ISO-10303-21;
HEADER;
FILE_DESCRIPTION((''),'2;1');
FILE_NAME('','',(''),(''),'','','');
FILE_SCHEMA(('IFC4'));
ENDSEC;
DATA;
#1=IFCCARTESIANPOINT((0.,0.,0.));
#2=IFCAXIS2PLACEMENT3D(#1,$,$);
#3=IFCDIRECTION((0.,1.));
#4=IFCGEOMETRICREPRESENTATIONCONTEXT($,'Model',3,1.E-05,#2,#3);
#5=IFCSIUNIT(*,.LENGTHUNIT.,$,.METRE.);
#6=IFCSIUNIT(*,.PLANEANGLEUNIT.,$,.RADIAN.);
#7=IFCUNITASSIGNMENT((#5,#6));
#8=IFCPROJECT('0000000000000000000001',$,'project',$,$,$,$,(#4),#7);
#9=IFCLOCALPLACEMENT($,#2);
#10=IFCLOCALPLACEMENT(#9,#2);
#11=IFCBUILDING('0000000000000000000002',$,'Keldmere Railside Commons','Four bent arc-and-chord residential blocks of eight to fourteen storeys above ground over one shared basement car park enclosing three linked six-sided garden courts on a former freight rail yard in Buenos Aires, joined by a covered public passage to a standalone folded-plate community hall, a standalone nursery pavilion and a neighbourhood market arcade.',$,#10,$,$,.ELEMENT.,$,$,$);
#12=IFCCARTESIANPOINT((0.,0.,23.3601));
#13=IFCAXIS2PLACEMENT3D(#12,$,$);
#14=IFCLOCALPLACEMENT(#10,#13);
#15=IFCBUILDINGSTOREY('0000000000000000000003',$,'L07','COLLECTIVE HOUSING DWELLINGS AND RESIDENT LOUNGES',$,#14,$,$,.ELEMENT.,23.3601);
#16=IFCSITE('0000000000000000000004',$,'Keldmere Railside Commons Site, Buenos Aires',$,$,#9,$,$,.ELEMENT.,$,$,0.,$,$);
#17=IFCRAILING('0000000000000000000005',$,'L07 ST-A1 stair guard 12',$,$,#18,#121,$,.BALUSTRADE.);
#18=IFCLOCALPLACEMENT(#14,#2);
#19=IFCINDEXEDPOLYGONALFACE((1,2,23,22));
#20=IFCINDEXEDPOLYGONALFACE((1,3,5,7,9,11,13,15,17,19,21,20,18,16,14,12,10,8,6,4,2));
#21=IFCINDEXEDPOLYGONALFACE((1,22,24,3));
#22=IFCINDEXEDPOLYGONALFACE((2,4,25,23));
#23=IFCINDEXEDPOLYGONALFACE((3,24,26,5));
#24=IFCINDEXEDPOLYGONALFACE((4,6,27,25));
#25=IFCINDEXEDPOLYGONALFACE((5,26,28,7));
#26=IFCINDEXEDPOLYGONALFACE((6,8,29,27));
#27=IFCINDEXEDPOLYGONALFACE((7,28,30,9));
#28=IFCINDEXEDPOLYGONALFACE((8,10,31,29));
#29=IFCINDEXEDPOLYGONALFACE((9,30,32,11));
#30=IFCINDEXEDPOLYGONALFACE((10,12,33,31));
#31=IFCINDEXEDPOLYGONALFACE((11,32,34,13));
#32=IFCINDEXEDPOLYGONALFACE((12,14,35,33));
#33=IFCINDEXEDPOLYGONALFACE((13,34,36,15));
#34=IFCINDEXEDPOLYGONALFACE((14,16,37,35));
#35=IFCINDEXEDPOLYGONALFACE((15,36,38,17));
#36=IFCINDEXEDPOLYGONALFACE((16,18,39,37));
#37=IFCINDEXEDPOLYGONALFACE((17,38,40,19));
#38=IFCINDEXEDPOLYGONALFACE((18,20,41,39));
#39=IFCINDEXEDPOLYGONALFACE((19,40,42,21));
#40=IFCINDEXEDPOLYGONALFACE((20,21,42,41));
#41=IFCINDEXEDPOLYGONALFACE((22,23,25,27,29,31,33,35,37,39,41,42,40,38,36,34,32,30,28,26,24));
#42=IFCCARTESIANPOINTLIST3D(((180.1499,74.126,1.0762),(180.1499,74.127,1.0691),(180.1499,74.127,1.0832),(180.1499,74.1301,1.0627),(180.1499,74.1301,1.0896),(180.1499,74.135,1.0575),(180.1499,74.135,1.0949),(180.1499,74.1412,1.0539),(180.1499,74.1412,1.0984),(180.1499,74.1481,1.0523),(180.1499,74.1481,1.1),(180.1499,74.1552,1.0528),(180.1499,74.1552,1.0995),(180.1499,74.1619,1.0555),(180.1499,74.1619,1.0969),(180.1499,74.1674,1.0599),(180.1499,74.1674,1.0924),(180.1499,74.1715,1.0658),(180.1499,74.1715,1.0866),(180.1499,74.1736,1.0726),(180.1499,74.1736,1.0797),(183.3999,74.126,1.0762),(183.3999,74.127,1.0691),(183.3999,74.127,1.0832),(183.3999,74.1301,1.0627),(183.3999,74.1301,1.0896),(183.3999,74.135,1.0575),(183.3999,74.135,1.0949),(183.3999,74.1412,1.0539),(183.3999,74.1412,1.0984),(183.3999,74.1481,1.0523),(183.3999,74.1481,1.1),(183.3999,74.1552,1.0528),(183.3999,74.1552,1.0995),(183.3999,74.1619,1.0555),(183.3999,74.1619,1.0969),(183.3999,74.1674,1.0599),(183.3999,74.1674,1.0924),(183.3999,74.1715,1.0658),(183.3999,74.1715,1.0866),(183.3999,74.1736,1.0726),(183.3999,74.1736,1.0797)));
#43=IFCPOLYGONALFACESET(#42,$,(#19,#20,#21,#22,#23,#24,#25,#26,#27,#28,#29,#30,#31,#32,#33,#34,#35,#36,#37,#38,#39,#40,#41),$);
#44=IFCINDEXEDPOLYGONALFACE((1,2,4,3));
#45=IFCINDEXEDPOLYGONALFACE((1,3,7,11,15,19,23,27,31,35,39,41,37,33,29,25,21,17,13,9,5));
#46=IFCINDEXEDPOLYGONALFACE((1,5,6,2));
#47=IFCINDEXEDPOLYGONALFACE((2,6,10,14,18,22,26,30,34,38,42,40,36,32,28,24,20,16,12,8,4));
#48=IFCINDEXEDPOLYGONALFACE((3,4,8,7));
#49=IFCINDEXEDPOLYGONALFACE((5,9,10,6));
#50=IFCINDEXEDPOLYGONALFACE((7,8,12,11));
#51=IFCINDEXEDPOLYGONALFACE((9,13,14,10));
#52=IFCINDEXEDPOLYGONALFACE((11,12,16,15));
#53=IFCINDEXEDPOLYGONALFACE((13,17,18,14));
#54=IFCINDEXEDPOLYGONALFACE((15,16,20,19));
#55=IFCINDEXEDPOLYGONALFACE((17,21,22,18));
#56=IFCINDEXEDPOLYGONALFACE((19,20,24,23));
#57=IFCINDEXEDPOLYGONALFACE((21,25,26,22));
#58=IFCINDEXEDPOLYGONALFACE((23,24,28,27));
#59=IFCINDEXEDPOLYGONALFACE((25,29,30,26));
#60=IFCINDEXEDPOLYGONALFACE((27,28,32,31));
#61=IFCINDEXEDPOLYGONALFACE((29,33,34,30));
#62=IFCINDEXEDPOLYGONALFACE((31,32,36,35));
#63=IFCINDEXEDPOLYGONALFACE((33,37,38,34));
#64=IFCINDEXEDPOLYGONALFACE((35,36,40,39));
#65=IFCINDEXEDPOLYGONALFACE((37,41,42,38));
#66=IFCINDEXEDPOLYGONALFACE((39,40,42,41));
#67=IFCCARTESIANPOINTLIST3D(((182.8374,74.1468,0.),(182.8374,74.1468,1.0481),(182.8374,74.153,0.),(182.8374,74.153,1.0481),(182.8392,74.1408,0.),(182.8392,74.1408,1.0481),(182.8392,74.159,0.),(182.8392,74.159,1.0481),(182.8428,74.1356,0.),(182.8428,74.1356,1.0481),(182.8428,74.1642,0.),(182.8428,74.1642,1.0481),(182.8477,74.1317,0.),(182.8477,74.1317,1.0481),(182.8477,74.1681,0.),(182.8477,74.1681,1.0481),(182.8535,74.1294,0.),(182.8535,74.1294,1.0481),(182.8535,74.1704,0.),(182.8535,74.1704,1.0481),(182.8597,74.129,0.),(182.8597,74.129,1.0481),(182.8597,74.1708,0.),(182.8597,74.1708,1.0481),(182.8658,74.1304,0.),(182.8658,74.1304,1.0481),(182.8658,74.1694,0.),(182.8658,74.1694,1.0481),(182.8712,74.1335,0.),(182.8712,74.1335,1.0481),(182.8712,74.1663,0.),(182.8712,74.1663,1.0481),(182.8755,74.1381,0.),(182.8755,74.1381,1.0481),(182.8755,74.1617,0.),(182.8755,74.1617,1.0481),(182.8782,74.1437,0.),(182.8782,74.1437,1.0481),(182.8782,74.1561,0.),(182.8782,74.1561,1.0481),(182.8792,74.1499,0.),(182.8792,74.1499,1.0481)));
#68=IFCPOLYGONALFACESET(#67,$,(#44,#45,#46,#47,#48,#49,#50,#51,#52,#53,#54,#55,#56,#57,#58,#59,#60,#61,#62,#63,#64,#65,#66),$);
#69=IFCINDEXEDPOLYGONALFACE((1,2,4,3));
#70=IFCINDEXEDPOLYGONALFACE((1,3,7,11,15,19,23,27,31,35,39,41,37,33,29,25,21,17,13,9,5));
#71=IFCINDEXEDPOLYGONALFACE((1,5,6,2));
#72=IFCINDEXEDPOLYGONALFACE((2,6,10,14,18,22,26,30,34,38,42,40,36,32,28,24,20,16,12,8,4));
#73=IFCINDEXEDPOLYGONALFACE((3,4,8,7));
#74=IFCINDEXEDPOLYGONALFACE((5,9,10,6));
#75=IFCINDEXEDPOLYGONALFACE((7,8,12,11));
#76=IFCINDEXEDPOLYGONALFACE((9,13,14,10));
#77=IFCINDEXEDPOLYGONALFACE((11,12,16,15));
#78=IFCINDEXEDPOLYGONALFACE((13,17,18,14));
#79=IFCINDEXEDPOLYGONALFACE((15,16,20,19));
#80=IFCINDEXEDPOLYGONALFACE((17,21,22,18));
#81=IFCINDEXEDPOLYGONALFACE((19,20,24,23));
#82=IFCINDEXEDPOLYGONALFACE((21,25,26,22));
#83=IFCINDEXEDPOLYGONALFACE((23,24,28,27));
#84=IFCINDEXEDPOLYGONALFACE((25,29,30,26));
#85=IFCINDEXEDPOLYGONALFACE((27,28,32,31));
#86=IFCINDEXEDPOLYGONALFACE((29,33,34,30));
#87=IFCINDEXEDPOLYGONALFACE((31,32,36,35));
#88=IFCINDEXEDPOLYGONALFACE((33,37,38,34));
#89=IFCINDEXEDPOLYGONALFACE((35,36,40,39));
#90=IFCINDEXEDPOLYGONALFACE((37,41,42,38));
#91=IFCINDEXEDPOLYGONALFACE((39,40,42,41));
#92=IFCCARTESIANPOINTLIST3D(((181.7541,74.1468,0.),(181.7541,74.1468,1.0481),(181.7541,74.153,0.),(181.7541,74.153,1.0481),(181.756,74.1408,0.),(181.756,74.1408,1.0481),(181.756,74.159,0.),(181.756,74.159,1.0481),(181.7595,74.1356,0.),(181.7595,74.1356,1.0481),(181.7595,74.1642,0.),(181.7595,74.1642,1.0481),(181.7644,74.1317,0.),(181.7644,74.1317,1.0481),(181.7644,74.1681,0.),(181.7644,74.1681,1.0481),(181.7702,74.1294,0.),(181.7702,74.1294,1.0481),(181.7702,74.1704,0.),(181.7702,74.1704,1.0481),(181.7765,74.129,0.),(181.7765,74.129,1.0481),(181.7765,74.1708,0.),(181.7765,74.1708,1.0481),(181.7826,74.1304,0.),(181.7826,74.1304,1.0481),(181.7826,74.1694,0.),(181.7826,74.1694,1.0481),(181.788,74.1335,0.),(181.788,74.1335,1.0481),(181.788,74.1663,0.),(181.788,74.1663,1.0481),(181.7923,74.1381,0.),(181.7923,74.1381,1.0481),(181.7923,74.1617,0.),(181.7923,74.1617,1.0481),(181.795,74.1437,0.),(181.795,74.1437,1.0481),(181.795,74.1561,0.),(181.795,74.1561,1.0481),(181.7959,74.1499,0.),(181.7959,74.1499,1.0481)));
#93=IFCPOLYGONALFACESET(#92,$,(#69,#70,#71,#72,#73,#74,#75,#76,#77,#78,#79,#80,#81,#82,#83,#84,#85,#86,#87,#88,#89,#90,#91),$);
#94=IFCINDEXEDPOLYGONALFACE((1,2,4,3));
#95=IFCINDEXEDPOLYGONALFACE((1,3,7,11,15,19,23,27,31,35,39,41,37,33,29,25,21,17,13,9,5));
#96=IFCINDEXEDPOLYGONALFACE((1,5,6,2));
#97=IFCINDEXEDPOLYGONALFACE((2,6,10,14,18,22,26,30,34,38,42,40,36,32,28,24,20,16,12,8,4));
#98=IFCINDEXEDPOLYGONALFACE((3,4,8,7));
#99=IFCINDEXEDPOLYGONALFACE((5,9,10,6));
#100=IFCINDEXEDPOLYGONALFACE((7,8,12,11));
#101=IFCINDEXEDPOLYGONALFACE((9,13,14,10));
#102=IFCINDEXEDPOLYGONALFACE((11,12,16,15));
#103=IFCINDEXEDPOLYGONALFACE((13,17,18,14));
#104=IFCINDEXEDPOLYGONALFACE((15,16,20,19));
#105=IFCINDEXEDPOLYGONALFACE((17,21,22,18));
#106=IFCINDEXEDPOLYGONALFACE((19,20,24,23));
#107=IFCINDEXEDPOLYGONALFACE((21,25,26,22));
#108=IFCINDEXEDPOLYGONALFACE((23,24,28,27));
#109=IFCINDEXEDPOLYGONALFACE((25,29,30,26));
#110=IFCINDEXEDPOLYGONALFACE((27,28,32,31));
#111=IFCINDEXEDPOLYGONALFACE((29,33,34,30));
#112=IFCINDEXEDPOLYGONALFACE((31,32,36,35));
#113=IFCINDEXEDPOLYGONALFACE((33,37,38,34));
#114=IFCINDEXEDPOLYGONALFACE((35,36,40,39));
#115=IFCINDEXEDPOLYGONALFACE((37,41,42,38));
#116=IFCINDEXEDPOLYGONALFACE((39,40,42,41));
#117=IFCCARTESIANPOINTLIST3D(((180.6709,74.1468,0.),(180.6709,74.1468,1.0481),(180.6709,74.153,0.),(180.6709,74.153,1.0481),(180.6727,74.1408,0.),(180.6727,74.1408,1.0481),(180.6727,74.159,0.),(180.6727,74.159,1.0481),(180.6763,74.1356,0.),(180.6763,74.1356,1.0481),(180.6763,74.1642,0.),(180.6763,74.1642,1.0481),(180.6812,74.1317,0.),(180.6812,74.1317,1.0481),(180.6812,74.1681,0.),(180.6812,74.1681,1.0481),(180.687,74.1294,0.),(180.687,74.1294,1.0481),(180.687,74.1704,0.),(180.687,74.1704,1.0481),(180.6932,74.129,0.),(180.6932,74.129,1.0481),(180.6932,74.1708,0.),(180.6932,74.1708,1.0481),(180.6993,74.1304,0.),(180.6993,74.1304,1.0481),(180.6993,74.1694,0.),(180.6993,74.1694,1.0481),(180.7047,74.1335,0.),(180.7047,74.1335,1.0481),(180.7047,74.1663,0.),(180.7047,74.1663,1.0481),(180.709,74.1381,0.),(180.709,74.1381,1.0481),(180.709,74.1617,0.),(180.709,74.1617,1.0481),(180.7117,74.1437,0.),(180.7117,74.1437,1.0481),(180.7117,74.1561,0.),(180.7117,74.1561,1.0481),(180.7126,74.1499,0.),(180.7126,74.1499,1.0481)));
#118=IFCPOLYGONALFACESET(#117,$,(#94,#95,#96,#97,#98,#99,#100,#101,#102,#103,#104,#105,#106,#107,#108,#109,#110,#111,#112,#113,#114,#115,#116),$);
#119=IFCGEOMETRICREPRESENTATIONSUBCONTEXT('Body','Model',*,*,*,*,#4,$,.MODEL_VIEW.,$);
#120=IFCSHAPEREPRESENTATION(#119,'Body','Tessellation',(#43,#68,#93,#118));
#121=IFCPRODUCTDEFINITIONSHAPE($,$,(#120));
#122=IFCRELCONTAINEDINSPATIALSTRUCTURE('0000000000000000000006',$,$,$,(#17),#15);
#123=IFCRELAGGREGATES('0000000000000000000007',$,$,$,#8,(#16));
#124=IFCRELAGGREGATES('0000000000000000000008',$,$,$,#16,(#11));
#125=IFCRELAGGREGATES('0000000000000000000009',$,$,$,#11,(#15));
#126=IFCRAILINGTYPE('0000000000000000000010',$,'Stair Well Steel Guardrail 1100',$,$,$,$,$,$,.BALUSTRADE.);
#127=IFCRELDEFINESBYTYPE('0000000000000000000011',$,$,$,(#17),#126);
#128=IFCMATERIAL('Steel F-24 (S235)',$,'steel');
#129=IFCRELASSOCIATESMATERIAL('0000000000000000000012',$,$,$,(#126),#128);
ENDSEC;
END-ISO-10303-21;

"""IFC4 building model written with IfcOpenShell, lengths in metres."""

from ifc_helpers import new_model, si_unit, direction, frame, origin, origin_2d, place, context, subcontext, project, spatial, circle, extrude, material, type_object, element, save


model = new_model("IFC4")

# Units and contexts
model_context = context("Model", 3, precision=1e-05, world=origin(), true_north=direction((0.0, 1.0)))
body_context = subcontext(model_context, "Body", "Model", "MODEL_VIEW")
ifc_project = project(units=[si_unit("LENGTHUNIT", "METRE"), si_unit("PLANEANGLEUNIT", "RADIAN")], contexts=[model_context])

# Site, building, storey
site_placement = place(None, origin())
site = spatial("IfcSite", under=ifc_project, at=site_placement, Name="Keldmere Railside Commons Site, Buenos Aires", CompositionType="ELEMENT", RefElevation=0.0)
building_placement = place(site_placement, origin())
building = spatial("IfcBuilding", under=site, at=building_placement, Name="Keldmere Railside Commons", Description="Four bent arc-and-chord residential blocks of eight to fourteen storeys above ground over one shared basement car park enclosing three linked six-sided garden courts on a former freight rail yard in Buenos Aires, joined by a covered public passage to a standalone folded-plate community hall, a standalone nursery pavilion and a neighbourhood market arcade.", CompositionType="ELEMENT")
storey_placement = place(building_placement, frame((0.0, 0.0, 23.3601)))
storey = spatial("IfcBuildingStorey", under=building, at=storey_placement, Name="L07", Description="COLLECTIVE HOUSING DWELLINGS AND RESIDENT LOUNGES", CompositionType="ELEMENT", Elevation=23.3601)

# Shared definitions
ifc_material_1 = material(Name="Steel F-24 (S235)", Category="steel")

# Railing
railing_type_1 = type_object("IfcRailingType", Name="Stair Well Steel Guardrail 1100", PredefinedType="BALUSTRADE", material=ifc_material_1)
railing_1_placement = place(storey_placement, frame((183.3999, 74.1499, 0.0)))
element("IfcRailing", 1, at=railing_1_placement, inside=storey, type_object=railing_type_1, Name="L07 ST-A1 stair guard 12", PredefinedType="BALUSTRADE", context=body_context, shape_type="SweptSolid", body=[
    extrude(circle(Radius=0.0239, at=origin_2d()), frame((0.0, 0.0, 1.0762), z_axis=(-1.0, 0.0, 0.0), x_axis=(0.0, -1.0, 0.0)), (0.0, 0.0, 1.0), 3.25),
    extrude(circle(Radius=0.021, at=origin_2d()), frame((-0.5417, 0.0, 0.0)), (0.0, 0.0, 1.0), 1.0481),
    extrude(circle(Radius=0.021, at=origin_2d()), frame((-1.625, 0.0, 0.0)), (0.0, 0.0, 1.0), 1.0481),
    extrude(circle(Radius=0.021, at=origin_2d()), frame((-2.7083, 0.0, 0.0)), (0.0, 0.0, 1.0), 1.0481),
])

save(model, "model.ifc")
